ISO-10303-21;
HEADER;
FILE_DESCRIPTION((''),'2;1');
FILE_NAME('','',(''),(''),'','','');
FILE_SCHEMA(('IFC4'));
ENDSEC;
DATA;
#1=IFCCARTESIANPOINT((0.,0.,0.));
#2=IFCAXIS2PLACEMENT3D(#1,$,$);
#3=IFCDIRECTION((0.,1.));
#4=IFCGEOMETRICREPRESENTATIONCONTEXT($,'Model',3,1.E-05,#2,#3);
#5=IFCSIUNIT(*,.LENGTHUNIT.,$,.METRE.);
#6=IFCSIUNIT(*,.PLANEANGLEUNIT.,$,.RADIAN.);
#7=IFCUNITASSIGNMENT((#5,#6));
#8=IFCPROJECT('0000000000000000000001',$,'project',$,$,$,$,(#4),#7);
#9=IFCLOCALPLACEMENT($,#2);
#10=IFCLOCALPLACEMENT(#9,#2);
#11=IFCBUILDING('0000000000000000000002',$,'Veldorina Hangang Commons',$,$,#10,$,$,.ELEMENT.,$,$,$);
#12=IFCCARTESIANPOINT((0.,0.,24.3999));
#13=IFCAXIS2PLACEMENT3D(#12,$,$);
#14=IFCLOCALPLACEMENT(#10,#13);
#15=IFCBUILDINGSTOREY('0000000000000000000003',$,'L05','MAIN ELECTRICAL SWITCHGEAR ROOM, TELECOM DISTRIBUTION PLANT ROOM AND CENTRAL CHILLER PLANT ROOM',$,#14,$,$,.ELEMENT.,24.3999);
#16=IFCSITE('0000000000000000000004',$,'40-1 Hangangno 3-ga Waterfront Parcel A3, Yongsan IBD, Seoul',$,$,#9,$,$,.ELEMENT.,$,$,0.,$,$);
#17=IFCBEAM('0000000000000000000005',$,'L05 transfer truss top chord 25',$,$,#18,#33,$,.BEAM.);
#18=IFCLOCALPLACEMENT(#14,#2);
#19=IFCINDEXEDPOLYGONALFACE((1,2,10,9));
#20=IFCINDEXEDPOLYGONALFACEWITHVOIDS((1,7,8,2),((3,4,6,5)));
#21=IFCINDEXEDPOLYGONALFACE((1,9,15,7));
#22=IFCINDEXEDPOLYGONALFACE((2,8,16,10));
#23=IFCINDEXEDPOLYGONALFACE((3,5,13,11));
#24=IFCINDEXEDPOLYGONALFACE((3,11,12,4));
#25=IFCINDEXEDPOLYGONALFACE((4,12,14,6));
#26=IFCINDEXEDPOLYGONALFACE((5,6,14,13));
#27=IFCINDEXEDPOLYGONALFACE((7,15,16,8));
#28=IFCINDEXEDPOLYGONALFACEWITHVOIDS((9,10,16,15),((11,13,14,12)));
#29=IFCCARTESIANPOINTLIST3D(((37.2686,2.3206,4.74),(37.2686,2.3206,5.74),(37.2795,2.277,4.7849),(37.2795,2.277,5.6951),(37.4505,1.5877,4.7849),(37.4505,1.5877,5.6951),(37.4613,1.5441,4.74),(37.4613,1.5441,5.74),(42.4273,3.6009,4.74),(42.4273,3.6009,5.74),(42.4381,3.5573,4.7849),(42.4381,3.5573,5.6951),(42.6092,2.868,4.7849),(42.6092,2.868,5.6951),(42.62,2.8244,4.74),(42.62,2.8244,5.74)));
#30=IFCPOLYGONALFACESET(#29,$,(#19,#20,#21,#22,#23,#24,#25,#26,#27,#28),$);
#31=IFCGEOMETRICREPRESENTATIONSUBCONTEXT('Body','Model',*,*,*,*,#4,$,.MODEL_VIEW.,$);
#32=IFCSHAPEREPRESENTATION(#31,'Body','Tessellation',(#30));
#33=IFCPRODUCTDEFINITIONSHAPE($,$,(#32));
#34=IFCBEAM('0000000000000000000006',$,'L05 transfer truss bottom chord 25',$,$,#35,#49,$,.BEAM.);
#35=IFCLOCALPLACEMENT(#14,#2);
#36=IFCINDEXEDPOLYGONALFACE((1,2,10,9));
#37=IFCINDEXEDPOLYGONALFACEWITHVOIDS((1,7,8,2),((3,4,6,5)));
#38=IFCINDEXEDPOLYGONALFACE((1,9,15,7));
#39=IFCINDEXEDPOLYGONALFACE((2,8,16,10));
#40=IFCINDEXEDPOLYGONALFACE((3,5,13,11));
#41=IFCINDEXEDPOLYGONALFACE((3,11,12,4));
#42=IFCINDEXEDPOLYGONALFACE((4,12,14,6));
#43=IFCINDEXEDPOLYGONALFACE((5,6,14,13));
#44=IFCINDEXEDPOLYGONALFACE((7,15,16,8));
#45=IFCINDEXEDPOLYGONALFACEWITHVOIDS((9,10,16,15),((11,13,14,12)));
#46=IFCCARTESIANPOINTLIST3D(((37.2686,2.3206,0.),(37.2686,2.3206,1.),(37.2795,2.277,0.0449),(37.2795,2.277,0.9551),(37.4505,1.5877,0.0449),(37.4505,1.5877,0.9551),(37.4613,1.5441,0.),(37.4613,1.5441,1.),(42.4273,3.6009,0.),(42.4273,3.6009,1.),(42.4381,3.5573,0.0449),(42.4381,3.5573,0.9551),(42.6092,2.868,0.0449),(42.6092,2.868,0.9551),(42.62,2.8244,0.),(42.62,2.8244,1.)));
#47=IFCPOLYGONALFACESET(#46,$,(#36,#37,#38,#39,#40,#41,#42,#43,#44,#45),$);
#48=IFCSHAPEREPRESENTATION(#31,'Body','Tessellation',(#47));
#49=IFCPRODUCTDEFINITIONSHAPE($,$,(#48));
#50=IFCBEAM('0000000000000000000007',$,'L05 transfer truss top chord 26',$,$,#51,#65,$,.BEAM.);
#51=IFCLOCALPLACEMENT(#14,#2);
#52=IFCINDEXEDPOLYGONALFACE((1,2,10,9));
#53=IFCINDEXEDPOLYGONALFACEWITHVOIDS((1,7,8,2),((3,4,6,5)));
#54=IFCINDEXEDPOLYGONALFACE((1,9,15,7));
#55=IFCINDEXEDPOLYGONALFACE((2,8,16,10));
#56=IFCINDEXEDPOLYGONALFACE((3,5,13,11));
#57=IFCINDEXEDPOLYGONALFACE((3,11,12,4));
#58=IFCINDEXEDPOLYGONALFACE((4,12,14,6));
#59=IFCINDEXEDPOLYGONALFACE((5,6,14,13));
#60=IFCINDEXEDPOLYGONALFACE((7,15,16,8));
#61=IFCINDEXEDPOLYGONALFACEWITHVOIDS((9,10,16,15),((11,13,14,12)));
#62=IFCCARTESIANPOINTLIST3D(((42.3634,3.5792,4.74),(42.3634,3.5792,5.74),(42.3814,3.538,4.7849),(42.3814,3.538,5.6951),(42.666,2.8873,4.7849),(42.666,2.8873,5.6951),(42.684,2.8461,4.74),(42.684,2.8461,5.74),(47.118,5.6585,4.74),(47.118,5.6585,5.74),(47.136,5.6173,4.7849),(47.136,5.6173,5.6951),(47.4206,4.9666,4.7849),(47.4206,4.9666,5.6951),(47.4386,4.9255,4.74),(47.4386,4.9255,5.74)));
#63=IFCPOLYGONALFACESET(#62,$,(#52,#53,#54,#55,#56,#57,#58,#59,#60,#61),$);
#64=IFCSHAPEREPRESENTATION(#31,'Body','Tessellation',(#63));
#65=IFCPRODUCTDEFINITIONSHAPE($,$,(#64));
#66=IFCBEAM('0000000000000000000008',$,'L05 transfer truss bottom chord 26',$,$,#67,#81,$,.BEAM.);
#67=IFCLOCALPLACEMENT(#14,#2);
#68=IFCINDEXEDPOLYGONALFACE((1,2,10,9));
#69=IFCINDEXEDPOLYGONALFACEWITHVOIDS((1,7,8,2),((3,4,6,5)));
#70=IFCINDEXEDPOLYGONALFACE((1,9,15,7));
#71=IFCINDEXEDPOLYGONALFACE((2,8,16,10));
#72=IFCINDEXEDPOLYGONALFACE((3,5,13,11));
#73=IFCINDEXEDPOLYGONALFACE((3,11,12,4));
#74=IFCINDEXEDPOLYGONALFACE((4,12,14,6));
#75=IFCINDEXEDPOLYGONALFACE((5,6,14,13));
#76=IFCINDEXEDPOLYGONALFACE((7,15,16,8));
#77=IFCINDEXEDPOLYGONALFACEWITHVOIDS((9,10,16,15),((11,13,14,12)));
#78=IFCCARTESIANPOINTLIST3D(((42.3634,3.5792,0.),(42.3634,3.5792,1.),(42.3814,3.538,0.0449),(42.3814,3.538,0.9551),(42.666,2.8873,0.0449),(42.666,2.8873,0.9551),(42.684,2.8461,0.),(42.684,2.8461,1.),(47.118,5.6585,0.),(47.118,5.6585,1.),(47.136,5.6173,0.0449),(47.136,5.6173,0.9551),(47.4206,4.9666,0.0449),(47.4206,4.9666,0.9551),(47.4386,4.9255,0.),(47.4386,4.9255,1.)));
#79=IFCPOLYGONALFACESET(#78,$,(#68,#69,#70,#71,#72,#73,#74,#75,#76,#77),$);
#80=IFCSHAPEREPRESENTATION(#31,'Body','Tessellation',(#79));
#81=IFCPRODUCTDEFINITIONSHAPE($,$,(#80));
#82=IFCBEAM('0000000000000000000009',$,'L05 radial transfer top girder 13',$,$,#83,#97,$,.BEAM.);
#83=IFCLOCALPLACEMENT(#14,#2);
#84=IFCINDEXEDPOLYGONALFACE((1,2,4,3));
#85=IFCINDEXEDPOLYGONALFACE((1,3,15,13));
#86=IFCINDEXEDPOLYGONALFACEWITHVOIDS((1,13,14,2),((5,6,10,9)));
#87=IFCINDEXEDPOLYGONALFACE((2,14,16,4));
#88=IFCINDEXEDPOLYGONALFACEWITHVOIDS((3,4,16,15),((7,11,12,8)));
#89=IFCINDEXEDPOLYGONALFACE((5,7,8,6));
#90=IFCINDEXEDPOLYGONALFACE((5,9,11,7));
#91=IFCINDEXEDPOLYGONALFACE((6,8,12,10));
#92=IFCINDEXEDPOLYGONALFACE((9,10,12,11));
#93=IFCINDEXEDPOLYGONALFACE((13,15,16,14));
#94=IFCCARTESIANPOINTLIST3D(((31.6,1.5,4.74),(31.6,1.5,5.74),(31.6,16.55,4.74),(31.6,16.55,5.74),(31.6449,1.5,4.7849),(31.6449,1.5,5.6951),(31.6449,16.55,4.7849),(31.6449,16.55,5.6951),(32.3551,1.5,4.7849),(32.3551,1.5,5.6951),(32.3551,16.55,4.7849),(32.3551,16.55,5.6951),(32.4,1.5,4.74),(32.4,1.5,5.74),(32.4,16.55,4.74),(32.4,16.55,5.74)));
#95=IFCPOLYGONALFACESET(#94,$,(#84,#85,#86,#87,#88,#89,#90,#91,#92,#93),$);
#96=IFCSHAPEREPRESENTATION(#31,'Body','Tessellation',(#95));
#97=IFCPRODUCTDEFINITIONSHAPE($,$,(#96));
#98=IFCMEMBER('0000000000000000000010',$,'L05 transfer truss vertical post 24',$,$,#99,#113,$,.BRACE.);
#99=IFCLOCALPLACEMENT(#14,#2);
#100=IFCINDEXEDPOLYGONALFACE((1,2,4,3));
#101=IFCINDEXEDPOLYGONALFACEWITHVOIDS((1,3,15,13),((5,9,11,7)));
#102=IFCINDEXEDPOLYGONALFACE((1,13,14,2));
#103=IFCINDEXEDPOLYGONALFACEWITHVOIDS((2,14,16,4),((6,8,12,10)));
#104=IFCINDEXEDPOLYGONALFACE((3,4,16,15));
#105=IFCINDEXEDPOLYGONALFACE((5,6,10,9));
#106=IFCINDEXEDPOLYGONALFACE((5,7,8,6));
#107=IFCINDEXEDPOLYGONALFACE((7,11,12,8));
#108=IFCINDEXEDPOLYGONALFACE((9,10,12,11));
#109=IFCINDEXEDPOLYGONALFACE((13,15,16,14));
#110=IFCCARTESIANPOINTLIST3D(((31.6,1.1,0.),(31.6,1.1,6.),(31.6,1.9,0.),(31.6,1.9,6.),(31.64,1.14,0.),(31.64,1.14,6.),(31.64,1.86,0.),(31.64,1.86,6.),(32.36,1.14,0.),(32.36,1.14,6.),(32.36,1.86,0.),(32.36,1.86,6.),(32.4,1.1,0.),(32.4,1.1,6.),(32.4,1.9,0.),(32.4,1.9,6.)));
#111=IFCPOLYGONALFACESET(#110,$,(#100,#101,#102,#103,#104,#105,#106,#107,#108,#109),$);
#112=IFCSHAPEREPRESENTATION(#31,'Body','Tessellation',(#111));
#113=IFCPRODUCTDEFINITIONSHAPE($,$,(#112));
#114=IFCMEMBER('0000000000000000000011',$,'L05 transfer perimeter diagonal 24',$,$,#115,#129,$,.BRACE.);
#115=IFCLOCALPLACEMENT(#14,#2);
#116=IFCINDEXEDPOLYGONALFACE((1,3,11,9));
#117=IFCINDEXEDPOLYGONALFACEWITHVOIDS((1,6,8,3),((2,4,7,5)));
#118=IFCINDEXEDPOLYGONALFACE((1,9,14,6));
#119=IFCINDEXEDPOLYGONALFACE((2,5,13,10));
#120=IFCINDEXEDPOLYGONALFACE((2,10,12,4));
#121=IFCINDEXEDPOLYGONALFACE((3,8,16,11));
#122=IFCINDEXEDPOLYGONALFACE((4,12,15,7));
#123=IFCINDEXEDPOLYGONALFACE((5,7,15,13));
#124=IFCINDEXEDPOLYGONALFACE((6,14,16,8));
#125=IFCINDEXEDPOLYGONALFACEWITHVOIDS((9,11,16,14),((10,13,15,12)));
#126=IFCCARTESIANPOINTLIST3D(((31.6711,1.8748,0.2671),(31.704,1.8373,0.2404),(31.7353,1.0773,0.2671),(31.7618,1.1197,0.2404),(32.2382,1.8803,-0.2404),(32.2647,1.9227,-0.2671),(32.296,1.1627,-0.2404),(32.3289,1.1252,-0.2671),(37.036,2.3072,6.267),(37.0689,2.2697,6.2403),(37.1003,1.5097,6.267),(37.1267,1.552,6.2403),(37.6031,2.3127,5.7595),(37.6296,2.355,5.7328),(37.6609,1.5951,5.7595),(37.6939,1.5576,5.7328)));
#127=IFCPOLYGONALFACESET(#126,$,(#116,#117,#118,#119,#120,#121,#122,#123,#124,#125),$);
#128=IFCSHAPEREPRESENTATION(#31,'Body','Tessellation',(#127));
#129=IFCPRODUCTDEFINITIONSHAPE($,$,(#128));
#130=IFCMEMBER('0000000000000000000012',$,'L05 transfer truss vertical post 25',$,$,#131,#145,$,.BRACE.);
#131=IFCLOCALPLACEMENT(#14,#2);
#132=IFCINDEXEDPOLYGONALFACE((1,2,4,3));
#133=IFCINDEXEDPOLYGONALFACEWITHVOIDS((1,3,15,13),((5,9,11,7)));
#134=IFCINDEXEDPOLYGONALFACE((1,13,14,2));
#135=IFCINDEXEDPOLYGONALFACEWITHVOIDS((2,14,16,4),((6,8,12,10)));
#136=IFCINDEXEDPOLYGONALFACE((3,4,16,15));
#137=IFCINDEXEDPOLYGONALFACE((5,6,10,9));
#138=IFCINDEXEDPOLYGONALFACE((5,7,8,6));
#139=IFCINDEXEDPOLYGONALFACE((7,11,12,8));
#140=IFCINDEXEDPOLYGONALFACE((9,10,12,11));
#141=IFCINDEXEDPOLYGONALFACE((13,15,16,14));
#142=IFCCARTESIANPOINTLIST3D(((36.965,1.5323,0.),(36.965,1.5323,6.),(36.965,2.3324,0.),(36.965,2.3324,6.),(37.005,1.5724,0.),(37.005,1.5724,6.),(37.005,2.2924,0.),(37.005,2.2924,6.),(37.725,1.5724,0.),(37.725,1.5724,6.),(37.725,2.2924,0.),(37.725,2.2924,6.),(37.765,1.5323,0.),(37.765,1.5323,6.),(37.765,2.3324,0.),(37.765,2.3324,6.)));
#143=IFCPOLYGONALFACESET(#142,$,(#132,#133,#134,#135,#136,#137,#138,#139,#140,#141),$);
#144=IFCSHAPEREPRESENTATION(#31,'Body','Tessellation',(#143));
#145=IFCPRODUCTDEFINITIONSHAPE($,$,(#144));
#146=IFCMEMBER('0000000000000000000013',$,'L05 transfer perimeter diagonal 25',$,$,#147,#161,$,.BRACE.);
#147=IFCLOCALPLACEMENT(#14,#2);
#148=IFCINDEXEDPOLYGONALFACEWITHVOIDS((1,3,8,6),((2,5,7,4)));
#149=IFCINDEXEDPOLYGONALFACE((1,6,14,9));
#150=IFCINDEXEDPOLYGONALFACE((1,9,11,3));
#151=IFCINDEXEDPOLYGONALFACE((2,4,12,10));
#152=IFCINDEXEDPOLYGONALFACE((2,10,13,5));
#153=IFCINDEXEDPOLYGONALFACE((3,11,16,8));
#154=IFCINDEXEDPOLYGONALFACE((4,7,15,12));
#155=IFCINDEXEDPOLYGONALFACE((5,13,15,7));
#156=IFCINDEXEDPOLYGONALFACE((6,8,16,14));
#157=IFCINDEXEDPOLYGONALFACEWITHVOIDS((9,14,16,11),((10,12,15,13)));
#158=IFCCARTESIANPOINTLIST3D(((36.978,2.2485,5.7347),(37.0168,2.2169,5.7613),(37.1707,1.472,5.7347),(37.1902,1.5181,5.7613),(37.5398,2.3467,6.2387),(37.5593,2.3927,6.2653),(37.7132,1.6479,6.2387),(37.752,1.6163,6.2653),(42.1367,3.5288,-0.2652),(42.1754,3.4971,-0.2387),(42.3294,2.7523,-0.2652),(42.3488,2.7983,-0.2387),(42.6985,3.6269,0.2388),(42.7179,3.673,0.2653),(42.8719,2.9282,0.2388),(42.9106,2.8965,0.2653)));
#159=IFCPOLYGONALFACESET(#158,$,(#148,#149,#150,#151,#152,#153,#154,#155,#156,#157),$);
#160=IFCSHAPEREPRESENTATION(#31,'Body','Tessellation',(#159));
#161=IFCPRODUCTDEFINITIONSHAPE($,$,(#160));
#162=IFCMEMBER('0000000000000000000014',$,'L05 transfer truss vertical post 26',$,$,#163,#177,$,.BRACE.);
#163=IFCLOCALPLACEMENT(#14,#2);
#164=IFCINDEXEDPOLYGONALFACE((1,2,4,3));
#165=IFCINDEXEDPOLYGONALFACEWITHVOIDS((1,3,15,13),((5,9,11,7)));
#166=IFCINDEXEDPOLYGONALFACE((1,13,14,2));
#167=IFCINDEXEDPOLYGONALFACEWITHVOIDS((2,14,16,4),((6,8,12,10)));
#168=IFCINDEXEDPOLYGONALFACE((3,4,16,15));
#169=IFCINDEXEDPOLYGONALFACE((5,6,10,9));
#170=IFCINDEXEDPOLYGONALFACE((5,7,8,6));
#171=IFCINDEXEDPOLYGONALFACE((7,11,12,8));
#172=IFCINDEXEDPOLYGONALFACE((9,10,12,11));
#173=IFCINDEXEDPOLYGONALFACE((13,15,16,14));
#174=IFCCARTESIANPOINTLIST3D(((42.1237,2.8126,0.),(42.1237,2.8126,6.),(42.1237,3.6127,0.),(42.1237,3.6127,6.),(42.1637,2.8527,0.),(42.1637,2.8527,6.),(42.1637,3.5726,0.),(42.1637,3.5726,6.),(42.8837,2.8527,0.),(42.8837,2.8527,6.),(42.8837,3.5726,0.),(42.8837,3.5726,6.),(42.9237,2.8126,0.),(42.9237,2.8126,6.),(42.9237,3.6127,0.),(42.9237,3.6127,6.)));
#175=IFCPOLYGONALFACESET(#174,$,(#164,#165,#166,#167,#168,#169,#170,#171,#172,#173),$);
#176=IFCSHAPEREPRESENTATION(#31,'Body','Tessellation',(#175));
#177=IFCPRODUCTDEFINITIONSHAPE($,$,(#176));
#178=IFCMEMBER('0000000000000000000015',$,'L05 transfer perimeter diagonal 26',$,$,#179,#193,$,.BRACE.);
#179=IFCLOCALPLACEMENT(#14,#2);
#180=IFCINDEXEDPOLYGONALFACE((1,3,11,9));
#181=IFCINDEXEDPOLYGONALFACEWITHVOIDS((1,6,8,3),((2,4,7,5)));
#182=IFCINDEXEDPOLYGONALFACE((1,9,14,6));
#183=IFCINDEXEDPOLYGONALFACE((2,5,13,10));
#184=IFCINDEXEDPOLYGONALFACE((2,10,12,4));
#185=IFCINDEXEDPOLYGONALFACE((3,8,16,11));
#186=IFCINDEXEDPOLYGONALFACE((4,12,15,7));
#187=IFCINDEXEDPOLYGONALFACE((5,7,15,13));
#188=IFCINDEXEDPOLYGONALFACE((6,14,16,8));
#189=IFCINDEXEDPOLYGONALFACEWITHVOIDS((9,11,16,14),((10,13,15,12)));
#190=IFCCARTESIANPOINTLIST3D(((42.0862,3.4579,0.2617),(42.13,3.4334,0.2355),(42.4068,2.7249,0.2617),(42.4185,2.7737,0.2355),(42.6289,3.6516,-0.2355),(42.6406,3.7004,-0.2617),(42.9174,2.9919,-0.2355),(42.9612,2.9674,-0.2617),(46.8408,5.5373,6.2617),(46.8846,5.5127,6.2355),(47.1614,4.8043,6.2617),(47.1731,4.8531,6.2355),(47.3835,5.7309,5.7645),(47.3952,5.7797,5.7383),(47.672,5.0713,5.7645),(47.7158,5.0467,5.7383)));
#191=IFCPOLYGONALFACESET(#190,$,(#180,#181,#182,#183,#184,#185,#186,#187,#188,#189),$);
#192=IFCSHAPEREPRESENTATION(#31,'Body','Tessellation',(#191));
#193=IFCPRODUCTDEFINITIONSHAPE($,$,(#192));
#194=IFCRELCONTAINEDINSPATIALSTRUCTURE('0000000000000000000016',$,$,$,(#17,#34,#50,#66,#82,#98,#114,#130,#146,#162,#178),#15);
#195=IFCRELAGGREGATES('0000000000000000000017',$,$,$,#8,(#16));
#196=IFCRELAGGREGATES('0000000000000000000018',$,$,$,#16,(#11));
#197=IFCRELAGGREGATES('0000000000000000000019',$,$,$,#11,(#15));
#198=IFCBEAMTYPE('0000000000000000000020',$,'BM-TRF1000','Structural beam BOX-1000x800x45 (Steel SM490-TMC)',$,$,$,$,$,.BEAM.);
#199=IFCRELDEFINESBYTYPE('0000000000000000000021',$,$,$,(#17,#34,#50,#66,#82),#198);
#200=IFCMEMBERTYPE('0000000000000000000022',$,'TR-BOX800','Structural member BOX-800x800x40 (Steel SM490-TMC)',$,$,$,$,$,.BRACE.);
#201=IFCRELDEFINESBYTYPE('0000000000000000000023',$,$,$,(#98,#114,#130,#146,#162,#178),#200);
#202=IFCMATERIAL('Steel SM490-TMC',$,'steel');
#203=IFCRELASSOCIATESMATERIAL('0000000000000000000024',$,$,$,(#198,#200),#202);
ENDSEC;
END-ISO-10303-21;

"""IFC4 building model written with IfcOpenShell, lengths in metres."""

from ifc_helpers import new_model, si_unit, direction, frame, origin, origin_2d, place, context, subcontext, project, spatial, hollow_rectangle, extrude, material, material_profile, profile_set, type_object, element, save


model = new_model("IFC4")

# Units and contexts
model_context = context("Model", 3, precision=1e-05, world=origin(), true_north=direction((0.0, 1.0)))
body_context = subcontext(model_context, "Body", "Model", "MODEL_VIEW")
ifc_project = project(units=[si_unit("LENGTHUNIT", "METRE"), si_unit("PLANEANGLEUNIT", "RADIAN")], contexts=[model_context])

# Site, building, storey
site_placement = place(None, origin())
site = spatial("IfcSite", under=ifc_project, at=site_placement, Name="40-1 Hangangno 3-ga Waterfront Parcel A3, Yongsan IBD, Seoul", CompositionType="ELEMENT", RefElevation=0.0)
building_placement = place(site_placement, origin())
building = spatial("IfcBuilding", under=site, at=building_placement, Name="Veldorina Hangang Commons", CompositionType="ELEMENT")
storey_placement = place(building_placement, frame((0.0, 0.0, 24.3999)))
storey = spatial("IfcBuildingStorey", under=building, at=storey_placement, Name="L05", Description="MAIN ELECTRICAL SWITCHGEAR ROOM, TELECOM DISTRIBUTION PLANT ROOM AND CENTRAL CHILLER PLANT ROOM", CompositionType="ELEMENT", Elevation=24.3999)

# Beams
ifc_material_1 = material(Name="Steel SM490-TMC", Category="steel")
ifc_material_profile_1 = material_profile(ifc_material_1, hollow_rectangle(XDim=0.8, YDim=1.0, WallThickness=0.0449, at=origin_2d()), Name="BOX-1000x800x45")
ifc_profile_set_1 = profile_set([ifc_material_profile_1], Name="Steel SM490-TMC")
beam_type = type_object("IfcBeamType", Name="BM-TRF1000", Description="Structural beam BOX-1000x800x45 (Steel SM490-TMC)", PredefinedType="BEAM", material=ifc_profile_set_1)
for number, where, z_axis, x_axis, name in (
    (1, (37.365, 1.9324, 5.24), (0.970557, 0.240871, 0.0), (-0.240871, 0.970557, 0.0), "L05 transfer truss top chord 25"),
    (2, (37.365, 1.9324, 0.5), (0.970557, 0.240871, 0.0), (-0.240871, 0.970557, 0.0), "L05 transfer truss bottom chord 25"),
):
    element("IfcBeam", number, at=place(storey_placement, frame(where, z_axis=z_axis, x_axis=x_axis)), inside=storey, type_object=beam_type, Name=name, PredefinedType="BEAM", context=body_context, shape_type="SweptSolid", body=[
        extrude(hollow_rectangle(XDim=0.8, YDim=1.0, WallThickness=0.0449, at=origin_2d()), origin(), (0.0, 0.0, 1.0), 5.3152),
    ])
for number, where, z_axis, x_axis, name in (
    (3, (42.5237, 3.2126, 5.24), (0.916215, 0.400688, 0.0), (-0.400688, 0.916215, 0.0), "L05 transfer truss top chord 26"),
    (4, (42.5237, 3.2126, 0.5), (0.916215, 0.400688, 0.0), (-0.400688, 0.916215, 0.0), "L05 transfer truss bottom chord 26"),
):
    element("IfcBeam", number, at=place(storey_placement, frame(where, z_axis=z_axis, x_axis=x_axis)), inside=storey, type_object=beam_type, Name=name, PredefinedType="BEAM", context=body_context, shape_type="SweptSolid", body=[
        extrude(hollow_rectangle(XDim=0.8, YDim=1.0, WallThickness=0.0449, at=origin_2d()), origin(), (0.0, 0.0, 1.0), 5.1895),
    ])
beam_placement = place(storey_placement, frame((32.0, 16.55, 5.24), z_axis=(0.0, -1.0, 0.0), x_axis=(1.0, 0.0, 0.0)))
element("IfcBeam", 5, at=beam_placement, inside=storey, type_object=beam_type, Name="L05 radial transfer top girder 13", PredefinedType="BEAM", context=body_context, shape_type="SweptSolid", body=[
    extrude(hollow_rectangle(XDim=0.8, YDim=1.0, WallThickness=0.0449, at=origin_2d()), origin(), (0.0, 0.0, 1.0), 15.05),
])

# Members
ifc_material_profile_2 = material_profile(ifc_material_1, hollow_rectangle(XDim=0.8, YDim=0.8, WallThickness=0.04, at=origin_2d()), Name="BOX-800x800x40")
ifc_profile_set_2 = profile_set([ifc_material_profile_2], Name="Steel SM490-TMC")
member_type = type_object("IfcMemberType", Name="TR-BOX800", Description="Structural member BOX-800x800x40 (Steel SM490-TMC)", PredefinedType="BRACE", material=ifc_profile_set_2)
member_1_placement = place(storey_placement, frame((32.0, 1.5, 0.0), z_axis=(0.0, 0.0, 1.0), x_axis=(1.0, 0.0, 0.0)))
element("IfcMember", 6, at=member_1_placement, inside=storey, type_object=member_type, Name="L05 transfer truss vertical post 24", PredefinedType="BRACE", context=body_context, shape_type="SweptSolid", body=[
    extrude(hollow_rectangle(XDim=0.8, YDim=0.8, WallThickness=0.04, at=origin_2d()), origin(), (0.0, 0.0, 1.0), 6.0),
])
member_2_placement = place(storey_placement, frame((32.0, 1.5, 0.0), z_axis=(0.665598, 0.053642, 0.74438), x_axis=(-0.080331, 0.996768, 0.0)))
element("IfcMember", 7, at=member_2_placement, inside=storey, type_object=member_type, Name="L05 transfer perimeter diagonal 24", PredefinedType="BRACE", context=body_context, shape_type="SweptSolid", body=[
    extrude(hollow_rectangle(XDim=0.8, YDim=0.8, WallThickness=0.04, at=origin_2d()), origin(), (0.0, 0.0, 1.0), 8.0603),
])
member_3_placement = place(storey_placement, frame((37.365, 1.9324, 0.0), z_axis=(0.0, 0.0, 1.0), x_axis=(1.0, 0.0, 0.0)))
element("IfcMember", 8, at=member_3_placement, inside=storey, type_object=member_type, Name="L05 transfer truss vertical post 25", PredefinedType="BRACE", context=body_context, shape_type="SweptSolid", body=[
    extrude(hollow_rectangle(XDim=0.8, YDim=0.8, WallThickness=0.04, at=origin_2d()), origin(), (0.0, 0.0, 1.0), 6.0),
])
member_4_placement = place(storey_placement, frame((37.365, 1.9324, 6.0), z_axis=(0.643575, 0.159721, -0.748532), x_axis=(-0.240871, 0.970557, 0.0)))
element("IfcMember", 9, at=member_4_placement, inside=storey, type_object=member_type, Name="L05 transfer perimeter diagonal 25", PredefinedType="BRACE", context=body_context, shape_type="SweptSolid", body=[
    extrude(hollow_rectangle(XDim=0.8, YDim=0.8, WallThickness=0.04, at=origin_2d()), origin(), (0.0, 0.0, 1.0), 8.0156),
])
member_5_placement = place(storey_placement, frame((42.5237, 3.2126, 0.0), z_axis=(0.0, 0.0, 1.0), x_axis=(1.0, 0.0, 0.0)))
element("IfcMember", 10, at=member_5_placement, inside=storey, type_object=member_type, Name="L05 transfer truss vertical post 26", PredefinedType="BRACE", context=body_context, shape_type="SweptSolid", body=[
    extrude(hollow_rectangle(XDim=0.8, YDim=0.8, WallThickness=0.04, at=origin_2d()), origin(), (0.0, 0.0, 1.0), 6.0),
])
member_6_placement = place(storey_placement, frame((42.5237, 3.2126, 0.0), z_axis=(0.59936, 0.262118, 0.756348), x_axis=(-0.400688, 0.916215, 0.0)))
element("IfcMember", 11, at=member_6_placement, inside=storey, type_object=member_type, Name="L05 transfer perimeter diagonal 26", PredefinedType="BRACE", context=body_context, shape_type="SweptSolid", body=[
    extrude(hollow_rectangle(XDim=0.8, YDim=0.8, WallThickness=0.04, at=origin_2d()), origin(), (0.0, 0.0, 1.0), 7.9329),
])

save(model, "model.ifc")
